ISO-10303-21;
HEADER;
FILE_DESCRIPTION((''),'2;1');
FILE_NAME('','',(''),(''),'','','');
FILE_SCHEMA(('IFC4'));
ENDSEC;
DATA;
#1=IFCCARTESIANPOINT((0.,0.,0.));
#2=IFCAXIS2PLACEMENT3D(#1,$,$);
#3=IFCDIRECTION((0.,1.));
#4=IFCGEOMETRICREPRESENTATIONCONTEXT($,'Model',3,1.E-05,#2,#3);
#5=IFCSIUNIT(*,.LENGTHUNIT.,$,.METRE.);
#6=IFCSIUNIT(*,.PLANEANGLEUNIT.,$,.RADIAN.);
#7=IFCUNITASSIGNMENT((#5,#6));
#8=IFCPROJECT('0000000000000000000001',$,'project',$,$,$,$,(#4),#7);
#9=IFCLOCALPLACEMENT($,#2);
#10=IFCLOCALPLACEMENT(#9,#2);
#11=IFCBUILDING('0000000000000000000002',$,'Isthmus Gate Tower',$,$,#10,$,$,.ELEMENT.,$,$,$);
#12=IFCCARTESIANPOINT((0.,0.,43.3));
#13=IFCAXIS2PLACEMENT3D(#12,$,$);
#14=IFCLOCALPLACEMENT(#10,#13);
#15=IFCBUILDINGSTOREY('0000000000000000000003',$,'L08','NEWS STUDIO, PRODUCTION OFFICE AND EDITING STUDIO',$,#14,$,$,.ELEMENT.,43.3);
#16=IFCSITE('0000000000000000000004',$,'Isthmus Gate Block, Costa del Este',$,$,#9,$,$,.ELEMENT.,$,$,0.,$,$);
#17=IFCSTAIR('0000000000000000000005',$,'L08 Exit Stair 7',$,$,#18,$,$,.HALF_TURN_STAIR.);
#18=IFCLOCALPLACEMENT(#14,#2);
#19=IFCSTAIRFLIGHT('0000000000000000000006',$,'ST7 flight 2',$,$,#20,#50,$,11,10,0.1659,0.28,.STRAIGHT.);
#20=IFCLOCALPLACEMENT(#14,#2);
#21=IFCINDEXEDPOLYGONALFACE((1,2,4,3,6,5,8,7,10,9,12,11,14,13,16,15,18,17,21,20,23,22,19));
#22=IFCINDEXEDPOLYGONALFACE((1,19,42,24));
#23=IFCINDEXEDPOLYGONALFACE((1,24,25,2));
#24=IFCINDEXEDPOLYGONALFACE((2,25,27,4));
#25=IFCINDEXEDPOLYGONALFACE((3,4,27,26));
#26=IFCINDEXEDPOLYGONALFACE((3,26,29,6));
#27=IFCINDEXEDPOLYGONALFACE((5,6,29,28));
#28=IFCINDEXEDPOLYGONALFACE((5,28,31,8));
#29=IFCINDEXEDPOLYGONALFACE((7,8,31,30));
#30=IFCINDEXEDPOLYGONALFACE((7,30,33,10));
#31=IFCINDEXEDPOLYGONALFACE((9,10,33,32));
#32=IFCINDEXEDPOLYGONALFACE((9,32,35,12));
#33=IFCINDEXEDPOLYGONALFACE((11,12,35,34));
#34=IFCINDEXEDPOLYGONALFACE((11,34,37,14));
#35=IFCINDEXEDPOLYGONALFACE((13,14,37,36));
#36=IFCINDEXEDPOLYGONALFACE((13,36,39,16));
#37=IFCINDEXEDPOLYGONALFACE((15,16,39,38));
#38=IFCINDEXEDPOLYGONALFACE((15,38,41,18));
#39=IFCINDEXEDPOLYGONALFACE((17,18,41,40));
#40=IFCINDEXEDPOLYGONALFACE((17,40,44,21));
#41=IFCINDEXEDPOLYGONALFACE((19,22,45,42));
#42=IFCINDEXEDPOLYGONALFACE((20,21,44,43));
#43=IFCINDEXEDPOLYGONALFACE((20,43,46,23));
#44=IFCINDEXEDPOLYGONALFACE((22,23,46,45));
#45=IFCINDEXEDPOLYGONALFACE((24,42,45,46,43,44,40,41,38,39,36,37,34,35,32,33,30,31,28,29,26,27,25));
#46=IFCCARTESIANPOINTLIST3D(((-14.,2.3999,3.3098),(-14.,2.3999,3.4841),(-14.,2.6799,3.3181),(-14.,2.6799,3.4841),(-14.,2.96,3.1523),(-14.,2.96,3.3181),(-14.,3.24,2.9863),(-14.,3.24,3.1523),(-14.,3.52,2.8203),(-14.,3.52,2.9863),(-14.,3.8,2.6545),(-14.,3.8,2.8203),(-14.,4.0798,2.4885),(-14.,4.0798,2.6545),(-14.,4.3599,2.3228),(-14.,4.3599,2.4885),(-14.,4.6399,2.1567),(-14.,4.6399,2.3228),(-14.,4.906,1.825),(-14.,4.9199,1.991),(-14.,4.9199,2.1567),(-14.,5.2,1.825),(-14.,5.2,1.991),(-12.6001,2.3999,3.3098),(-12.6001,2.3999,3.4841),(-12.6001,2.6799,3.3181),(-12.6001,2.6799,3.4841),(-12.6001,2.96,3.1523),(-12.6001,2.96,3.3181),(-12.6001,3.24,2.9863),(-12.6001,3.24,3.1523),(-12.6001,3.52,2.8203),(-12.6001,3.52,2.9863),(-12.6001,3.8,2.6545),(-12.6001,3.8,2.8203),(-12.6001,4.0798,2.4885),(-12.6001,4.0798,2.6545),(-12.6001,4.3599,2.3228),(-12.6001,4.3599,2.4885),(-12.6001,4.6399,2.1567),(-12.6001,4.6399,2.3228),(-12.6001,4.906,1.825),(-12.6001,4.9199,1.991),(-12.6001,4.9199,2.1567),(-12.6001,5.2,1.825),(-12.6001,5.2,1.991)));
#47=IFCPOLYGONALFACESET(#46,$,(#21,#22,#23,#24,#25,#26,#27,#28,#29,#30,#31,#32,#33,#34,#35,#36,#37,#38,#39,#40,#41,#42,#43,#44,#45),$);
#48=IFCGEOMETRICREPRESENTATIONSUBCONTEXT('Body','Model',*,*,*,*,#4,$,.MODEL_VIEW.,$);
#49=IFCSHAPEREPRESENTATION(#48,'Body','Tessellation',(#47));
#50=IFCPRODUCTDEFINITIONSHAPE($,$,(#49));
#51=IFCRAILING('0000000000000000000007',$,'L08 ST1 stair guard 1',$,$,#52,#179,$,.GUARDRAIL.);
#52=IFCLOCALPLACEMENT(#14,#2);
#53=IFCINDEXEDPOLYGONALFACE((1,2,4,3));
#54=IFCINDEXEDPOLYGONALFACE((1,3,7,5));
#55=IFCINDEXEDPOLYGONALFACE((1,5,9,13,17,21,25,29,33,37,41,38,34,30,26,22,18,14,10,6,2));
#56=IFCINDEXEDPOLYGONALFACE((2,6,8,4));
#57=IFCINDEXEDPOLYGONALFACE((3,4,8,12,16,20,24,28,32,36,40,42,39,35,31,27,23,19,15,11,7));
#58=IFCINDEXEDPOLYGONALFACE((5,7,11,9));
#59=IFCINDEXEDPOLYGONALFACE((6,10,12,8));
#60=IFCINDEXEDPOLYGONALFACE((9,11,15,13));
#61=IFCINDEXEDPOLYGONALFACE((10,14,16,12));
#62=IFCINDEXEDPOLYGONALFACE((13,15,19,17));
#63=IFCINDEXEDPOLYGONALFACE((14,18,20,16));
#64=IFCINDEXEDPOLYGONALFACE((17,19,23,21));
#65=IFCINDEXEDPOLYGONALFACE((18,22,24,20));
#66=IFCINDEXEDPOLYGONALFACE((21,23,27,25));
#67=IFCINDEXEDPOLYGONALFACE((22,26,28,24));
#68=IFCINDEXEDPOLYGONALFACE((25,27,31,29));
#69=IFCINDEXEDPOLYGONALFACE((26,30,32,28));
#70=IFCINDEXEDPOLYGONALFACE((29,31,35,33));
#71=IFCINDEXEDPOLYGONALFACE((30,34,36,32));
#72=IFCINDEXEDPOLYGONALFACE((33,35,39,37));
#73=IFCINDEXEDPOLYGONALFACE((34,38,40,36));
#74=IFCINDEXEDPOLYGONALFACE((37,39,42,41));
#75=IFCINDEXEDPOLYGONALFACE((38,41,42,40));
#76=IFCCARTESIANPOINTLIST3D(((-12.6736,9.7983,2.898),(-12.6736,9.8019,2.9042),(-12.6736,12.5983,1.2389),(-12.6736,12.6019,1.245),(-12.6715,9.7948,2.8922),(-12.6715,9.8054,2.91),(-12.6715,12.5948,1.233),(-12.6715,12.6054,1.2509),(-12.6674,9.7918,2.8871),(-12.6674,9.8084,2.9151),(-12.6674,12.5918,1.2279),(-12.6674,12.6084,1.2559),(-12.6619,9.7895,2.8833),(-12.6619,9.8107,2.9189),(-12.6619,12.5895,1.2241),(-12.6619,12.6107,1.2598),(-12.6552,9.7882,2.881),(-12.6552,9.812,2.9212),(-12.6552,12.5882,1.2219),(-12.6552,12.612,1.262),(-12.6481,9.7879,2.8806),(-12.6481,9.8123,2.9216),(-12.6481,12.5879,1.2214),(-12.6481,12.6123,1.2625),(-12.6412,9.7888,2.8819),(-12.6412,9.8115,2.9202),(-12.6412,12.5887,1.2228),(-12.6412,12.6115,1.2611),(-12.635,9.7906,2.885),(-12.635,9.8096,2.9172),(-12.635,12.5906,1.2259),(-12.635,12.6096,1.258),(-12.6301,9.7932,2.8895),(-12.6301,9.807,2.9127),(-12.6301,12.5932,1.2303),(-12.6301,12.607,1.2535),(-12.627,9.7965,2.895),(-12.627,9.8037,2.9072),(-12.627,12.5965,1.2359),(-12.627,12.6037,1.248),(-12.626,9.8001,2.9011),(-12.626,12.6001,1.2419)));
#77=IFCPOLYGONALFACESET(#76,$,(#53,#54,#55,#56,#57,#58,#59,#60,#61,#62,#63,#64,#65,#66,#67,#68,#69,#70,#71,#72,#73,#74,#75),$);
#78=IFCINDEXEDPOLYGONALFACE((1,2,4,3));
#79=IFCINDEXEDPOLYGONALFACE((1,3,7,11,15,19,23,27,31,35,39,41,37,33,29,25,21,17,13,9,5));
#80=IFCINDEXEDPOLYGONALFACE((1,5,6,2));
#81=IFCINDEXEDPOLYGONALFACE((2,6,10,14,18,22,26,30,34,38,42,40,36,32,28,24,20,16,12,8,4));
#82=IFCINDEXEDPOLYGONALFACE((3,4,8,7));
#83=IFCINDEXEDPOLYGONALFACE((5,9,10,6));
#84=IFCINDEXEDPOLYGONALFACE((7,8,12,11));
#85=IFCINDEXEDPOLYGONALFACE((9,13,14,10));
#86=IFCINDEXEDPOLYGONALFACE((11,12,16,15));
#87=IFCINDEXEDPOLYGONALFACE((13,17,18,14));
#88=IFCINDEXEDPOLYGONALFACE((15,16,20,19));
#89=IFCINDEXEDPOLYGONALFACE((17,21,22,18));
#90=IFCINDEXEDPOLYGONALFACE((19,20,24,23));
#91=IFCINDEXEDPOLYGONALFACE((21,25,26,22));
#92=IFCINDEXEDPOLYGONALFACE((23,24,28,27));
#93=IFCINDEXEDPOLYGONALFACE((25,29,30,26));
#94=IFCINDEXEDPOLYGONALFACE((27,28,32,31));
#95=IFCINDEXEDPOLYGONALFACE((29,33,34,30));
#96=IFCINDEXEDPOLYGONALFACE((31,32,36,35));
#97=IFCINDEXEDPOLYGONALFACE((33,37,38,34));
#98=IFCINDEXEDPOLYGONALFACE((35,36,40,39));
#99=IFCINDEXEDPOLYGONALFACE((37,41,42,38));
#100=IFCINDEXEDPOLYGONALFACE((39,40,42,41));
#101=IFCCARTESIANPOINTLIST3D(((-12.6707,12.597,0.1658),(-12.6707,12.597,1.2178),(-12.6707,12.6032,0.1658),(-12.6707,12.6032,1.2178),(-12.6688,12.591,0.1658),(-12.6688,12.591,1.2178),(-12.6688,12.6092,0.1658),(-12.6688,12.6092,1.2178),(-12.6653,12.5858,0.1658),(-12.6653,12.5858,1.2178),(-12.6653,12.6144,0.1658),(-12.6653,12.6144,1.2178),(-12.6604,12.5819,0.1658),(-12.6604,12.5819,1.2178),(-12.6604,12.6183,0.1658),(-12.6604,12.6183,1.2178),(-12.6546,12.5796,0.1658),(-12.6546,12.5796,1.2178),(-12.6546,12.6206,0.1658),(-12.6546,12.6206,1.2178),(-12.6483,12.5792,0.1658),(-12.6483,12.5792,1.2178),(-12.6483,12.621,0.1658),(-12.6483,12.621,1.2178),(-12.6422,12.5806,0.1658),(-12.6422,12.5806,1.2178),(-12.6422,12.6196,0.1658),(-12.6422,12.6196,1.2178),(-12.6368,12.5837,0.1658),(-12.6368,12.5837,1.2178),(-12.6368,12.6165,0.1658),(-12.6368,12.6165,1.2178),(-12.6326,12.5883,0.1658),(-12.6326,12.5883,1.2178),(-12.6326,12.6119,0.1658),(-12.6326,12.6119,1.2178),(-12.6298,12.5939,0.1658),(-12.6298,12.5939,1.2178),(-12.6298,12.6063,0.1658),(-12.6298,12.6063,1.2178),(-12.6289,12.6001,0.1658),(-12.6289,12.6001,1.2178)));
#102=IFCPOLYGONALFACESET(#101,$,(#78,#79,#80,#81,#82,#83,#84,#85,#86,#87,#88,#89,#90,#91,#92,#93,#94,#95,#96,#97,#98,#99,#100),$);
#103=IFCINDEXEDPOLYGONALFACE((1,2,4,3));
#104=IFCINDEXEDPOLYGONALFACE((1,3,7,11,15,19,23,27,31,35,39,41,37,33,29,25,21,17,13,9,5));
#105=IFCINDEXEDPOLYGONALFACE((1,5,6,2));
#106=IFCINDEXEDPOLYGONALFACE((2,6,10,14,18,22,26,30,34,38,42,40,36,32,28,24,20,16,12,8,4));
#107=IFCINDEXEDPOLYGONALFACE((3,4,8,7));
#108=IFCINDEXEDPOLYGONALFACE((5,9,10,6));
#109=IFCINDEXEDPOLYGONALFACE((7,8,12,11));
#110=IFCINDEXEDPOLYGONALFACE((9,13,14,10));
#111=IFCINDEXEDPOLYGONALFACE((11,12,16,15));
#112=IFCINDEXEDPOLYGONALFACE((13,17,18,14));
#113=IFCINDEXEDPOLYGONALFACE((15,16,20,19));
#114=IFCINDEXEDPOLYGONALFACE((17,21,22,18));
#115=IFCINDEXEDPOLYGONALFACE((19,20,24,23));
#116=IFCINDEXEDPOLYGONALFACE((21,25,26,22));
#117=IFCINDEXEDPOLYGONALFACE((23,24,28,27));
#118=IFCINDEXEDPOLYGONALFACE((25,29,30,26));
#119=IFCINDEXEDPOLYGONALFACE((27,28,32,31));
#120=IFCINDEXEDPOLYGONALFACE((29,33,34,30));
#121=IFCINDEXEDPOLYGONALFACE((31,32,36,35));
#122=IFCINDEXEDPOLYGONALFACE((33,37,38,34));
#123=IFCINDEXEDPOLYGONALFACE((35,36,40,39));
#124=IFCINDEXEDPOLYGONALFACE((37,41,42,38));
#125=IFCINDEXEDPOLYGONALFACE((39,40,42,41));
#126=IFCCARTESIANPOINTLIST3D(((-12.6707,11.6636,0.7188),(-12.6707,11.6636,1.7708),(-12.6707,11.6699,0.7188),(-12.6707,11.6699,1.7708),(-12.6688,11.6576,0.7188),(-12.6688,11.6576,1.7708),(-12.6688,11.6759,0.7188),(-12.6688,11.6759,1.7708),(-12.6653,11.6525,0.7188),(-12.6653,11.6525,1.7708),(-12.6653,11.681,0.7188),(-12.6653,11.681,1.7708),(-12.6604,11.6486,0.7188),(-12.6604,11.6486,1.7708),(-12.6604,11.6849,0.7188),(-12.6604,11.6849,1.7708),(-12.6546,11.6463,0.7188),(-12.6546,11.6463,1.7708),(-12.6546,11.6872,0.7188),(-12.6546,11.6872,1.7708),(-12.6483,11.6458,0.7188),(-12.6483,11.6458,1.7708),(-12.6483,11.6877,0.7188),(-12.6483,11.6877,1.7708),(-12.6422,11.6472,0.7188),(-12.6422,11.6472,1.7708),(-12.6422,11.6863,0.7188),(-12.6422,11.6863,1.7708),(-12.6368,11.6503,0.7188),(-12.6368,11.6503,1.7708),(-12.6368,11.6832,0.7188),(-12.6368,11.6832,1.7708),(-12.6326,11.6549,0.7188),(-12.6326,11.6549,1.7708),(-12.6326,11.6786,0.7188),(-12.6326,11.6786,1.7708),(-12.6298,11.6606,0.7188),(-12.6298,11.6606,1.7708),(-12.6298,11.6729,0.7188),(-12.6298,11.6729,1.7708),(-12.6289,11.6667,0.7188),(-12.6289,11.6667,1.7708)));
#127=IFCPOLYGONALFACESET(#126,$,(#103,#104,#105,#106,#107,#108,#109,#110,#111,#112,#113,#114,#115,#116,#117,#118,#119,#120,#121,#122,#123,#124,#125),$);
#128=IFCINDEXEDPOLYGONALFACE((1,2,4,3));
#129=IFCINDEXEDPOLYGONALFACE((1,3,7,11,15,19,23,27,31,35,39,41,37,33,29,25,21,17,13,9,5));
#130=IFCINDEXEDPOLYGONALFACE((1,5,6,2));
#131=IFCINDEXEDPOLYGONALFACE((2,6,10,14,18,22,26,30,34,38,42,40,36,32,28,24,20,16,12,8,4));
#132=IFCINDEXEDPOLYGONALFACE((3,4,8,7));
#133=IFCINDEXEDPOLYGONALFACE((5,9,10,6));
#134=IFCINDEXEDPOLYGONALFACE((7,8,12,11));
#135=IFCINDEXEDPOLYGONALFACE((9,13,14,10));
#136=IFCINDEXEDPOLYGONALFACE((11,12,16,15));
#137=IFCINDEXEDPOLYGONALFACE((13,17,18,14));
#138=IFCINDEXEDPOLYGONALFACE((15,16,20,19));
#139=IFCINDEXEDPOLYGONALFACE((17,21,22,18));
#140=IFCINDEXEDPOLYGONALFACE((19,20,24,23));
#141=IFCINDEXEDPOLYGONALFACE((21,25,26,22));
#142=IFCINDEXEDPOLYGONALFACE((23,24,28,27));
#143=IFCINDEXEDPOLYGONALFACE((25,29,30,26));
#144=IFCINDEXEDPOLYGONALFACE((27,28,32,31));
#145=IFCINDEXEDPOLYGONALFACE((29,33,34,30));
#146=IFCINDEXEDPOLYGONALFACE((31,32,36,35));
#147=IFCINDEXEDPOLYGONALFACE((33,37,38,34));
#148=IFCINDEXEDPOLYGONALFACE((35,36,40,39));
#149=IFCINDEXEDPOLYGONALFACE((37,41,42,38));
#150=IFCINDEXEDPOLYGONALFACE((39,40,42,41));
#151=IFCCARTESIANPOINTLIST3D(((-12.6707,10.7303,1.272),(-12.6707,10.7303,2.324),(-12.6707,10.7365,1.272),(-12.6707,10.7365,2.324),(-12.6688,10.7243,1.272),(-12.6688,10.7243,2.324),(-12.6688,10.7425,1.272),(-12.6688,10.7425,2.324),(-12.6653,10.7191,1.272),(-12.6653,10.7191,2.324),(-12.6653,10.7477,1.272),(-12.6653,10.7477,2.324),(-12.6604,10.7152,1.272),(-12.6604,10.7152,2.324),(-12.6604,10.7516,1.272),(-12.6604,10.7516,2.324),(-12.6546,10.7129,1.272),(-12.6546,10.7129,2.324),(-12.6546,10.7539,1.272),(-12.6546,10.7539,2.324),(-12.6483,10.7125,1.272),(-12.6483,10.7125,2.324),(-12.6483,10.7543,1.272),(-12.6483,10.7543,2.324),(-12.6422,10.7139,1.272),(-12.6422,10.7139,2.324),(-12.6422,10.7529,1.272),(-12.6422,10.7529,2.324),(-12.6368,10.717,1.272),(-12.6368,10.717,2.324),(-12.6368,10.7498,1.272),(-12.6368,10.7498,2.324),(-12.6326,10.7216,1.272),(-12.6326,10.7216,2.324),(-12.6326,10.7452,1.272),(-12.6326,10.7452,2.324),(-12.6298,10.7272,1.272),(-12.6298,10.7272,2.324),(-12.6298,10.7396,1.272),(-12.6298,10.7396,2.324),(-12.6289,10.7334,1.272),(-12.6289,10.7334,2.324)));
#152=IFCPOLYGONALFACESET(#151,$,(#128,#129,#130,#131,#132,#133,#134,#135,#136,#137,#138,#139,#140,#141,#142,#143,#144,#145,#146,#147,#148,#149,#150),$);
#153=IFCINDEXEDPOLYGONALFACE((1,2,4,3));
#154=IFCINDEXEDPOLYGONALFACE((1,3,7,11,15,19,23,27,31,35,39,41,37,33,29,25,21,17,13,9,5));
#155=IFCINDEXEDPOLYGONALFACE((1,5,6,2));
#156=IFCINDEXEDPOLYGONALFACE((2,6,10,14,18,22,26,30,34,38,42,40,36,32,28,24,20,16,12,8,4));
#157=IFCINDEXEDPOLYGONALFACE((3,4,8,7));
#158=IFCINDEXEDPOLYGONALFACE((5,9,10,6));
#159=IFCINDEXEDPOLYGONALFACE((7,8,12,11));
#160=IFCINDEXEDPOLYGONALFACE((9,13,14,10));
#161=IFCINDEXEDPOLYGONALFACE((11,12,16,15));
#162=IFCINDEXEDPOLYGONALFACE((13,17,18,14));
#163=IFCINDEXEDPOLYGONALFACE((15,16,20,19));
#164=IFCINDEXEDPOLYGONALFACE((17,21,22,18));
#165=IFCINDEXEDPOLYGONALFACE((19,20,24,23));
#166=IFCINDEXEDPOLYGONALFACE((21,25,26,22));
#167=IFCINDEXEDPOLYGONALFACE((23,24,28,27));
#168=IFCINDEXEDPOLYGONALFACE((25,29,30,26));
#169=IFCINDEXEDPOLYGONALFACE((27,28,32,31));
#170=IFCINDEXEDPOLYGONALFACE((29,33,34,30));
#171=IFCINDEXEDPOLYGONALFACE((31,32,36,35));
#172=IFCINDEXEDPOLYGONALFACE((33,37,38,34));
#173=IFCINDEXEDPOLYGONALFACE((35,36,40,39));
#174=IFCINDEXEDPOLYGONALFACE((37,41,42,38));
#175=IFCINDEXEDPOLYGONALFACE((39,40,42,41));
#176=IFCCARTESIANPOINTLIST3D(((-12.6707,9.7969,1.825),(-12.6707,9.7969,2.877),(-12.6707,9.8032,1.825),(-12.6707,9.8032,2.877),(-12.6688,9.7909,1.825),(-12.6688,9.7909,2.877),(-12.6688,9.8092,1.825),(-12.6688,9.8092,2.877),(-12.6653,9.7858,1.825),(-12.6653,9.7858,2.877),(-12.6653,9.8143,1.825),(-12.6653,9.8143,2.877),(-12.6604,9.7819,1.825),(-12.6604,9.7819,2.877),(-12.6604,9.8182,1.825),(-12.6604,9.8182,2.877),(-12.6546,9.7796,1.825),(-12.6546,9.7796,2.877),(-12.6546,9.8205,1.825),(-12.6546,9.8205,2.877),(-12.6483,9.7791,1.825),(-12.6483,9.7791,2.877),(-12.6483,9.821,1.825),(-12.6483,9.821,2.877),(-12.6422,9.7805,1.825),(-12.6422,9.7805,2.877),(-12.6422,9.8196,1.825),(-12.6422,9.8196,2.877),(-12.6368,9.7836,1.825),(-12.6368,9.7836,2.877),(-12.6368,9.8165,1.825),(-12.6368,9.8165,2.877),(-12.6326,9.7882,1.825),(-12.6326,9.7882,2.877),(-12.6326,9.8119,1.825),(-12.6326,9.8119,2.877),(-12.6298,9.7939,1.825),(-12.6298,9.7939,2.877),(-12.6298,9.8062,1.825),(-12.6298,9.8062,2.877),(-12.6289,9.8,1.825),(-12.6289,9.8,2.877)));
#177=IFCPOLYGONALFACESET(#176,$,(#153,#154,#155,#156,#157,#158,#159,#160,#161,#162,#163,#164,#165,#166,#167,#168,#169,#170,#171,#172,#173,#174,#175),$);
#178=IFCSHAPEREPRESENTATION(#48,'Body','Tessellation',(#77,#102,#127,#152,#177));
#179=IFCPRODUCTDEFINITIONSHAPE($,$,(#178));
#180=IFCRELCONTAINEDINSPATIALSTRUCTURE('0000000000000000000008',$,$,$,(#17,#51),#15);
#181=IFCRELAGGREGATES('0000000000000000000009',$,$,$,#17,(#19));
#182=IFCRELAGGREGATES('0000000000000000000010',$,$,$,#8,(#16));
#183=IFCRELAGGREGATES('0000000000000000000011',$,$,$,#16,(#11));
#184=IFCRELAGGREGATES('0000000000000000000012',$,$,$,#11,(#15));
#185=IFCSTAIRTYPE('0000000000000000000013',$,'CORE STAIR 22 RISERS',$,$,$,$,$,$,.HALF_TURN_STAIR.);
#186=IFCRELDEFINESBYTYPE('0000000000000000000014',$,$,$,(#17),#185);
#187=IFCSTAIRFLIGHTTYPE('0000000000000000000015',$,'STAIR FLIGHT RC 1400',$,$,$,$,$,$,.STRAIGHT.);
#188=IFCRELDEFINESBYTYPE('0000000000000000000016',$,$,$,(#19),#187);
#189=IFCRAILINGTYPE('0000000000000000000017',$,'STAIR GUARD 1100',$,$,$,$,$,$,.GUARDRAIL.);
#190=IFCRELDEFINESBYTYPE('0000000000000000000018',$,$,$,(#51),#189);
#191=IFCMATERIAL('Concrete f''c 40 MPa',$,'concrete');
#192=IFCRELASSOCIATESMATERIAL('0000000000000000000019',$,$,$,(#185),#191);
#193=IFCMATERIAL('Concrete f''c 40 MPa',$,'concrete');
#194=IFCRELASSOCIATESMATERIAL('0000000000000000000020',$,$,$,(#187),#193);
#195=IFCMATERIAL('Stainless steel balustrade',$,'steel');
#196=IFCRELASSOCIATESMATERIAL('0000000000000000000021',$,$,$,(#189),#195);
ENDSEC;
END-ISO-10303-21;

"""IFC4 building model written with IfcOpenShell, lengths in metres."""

from ifc_helpers import new_model, si_unit, direction, frame, origin, origin_2d, place, context, subcontext, project, spatial, polyline, circle, outline, extrude, material, type_object, element, aggregate, save


model = new_model("IFC4")

# Units and contexts
model_context = context("Model", 3, precision=1e-05, world=origin(), true_north=direction((0.0, 1.0)))
body_context = subcontext(model_context, "Body", "Model", "MODEL_VIEW")
ifc_project = project(units=[si_unit("LENGTHUNIT", "METRE"), si_unit("PLANEANGLEUNIT", "RADIAN")], contexts=[model_context])

# Site, building, storey
site_placement = place(None, origin())
site = spatial("IfcSite", under=ifc_project, at=site_placement, Name="Isthmus Gate Block, Costa del Este", CompositionType="ELEMENT", RefElevation=0.0)
building_placement = place(site_placement, origin())
building = spatial("IfcBuilding", under=site, at=building_placement, Name="Isthmus Gate Tower", CompositionType="ELEMENT")
storey_placement = place(building_placement, frame((0.0, 0.0, 43.3)))
storey = spatial("IfcBuildingStorey", under=building, at=storey_placement, Name="L08", Description="NEWS STUDIO, PRODUCTION OFFICE AND EDITING STUDIO", CompositionType="ELEMENT", Elevation=43.3)

# Stair, stair flight
ifc_material_1 = material(Name="Concrete f'c 40 MPa", Category="concrete")
stair_type = type_object("IfcStairType", Name="CORE STAIR 22 RISERS", PredefinedType="HALF_TURN_STAIR", material=ifc_material_1)
ifc_material_2 = material(Name="Concrete f'c 40 MPa", Category="concrete")
stair_flight_type = type_object("IfcStairFlightType", Name="STAIR FLIGHT RC 1400", PredefinedType="STRAIGHT", material=ifc_material_2)
stair_1_placement = place(storey_placement, origin())
stair_1 = element("IfcStair", 1, at=stair_1_placement, inside=storey, type_object=stair_type, Name="L08 Exit Stair 7", PredefinedType="HALF_TURN_STAIR")
stair_flight_1_placement = place(storey_placement, frame((-13.3, 5.2, 1.825), z_axis=(0.0, 0.0, 1.0), x_axis=(0.0, -1.0, 0.0)))
stair_flight_1 = element("IfcStairFlight", 2, at=stair_flight_1_placement, type_object=stair_flight_type, Name="ST7 flight 2", NumberOfRisers=11, NumberOfTreads=10, PredefinedType="STRAIGHT", RiserHeight=0.1659, TreadLength=0.28, context=body_context, shape_type="SweptSolid", body=[
    extrude(outline(polyline([(0.0, 0.0), (0.0, 0.166), (0.28, 0.166), (0.28, 0.3318), (0.5601, 0.3318), (0.5601, 0.4978), (0.8401, 0.4978), (0.8401, 0.6636), (1.1201, 0.6636), (1.1201, 0.8296), (1.3999, 0.8296), (1.3999, 0.9954), (1.6799, 0.9954), (1.6799, 1.1614), (1.96, 1.1614), (1.96, 1.3274), (2.24, 1.3274), (2.24, 1.4932), (2.52, 1.4932), (2.52, 1.6592), (2.8, 1.6592), (2.8, 1.825), (2.8, 1.4849), (0.2939, 0.0), (0.0, 0.0)])), frame((0.0, 0.7, 0.0), z_axis=(0.0, -1.0, 0.0), x_axis=(1.0, 0.0, 0.0)), (0.0, 0.0, 1.0), 1.3999),
])
aggregate(stair_1, [stair_flight_1])

# Railing
ifc_material_3 = material(Name="Stainless steel balustrade", Category="steel")
railing_type_1 = type_object("IfcRailingType", Name="STAIR GUARD 1100", PredefinedType="GUARDRAIL", material=ifc_material_3)
railing_1_placement = place(storey_placement, frame((-12.6499, 12.6001, 0.1658)))
element("IfcRailing", 3, at=railing_1_placement, inside=storey, type_object=railing_type_1, Name="L08 ST1 stair guard 1", PredefinedType="GUARDRAIL", context=body_context, shape_type="SweptSolid", body=[
    extrude(circle(Radius=0.0239, at=origin_2d()), frame((0.0, 0.0, 1.0762), z_axis=(0.0, -0.860306, 0.509778), x_axis=(1.0, 0.0, 0.0)), (0.0, 0.0, 1.0), 3.2546),
    extrude(circle(Radius=0.021, at=origin_2d()), origin(), (0.0, 0.0, 1.0), 1.052),
    extrude(circle(Radius=0.021, at=origin_2d()), frame((0.0, -0.9333, 0.553)), (0.0, 0.0, 1.0), 1.052),
    extrude(circle(Radius=0.021, at=origin_2d()), frame((0.0, -1.8667, 1.1062)), (0.0, 0.0, 1.0), 1.052),
    extrude(circle(Radius=0.021, at=origin_2d()), frame((0.0, -2.8, 1.6592)), (0.0, 0.0, 1.0), 1.052),
])

save(model, "model.ifc")
